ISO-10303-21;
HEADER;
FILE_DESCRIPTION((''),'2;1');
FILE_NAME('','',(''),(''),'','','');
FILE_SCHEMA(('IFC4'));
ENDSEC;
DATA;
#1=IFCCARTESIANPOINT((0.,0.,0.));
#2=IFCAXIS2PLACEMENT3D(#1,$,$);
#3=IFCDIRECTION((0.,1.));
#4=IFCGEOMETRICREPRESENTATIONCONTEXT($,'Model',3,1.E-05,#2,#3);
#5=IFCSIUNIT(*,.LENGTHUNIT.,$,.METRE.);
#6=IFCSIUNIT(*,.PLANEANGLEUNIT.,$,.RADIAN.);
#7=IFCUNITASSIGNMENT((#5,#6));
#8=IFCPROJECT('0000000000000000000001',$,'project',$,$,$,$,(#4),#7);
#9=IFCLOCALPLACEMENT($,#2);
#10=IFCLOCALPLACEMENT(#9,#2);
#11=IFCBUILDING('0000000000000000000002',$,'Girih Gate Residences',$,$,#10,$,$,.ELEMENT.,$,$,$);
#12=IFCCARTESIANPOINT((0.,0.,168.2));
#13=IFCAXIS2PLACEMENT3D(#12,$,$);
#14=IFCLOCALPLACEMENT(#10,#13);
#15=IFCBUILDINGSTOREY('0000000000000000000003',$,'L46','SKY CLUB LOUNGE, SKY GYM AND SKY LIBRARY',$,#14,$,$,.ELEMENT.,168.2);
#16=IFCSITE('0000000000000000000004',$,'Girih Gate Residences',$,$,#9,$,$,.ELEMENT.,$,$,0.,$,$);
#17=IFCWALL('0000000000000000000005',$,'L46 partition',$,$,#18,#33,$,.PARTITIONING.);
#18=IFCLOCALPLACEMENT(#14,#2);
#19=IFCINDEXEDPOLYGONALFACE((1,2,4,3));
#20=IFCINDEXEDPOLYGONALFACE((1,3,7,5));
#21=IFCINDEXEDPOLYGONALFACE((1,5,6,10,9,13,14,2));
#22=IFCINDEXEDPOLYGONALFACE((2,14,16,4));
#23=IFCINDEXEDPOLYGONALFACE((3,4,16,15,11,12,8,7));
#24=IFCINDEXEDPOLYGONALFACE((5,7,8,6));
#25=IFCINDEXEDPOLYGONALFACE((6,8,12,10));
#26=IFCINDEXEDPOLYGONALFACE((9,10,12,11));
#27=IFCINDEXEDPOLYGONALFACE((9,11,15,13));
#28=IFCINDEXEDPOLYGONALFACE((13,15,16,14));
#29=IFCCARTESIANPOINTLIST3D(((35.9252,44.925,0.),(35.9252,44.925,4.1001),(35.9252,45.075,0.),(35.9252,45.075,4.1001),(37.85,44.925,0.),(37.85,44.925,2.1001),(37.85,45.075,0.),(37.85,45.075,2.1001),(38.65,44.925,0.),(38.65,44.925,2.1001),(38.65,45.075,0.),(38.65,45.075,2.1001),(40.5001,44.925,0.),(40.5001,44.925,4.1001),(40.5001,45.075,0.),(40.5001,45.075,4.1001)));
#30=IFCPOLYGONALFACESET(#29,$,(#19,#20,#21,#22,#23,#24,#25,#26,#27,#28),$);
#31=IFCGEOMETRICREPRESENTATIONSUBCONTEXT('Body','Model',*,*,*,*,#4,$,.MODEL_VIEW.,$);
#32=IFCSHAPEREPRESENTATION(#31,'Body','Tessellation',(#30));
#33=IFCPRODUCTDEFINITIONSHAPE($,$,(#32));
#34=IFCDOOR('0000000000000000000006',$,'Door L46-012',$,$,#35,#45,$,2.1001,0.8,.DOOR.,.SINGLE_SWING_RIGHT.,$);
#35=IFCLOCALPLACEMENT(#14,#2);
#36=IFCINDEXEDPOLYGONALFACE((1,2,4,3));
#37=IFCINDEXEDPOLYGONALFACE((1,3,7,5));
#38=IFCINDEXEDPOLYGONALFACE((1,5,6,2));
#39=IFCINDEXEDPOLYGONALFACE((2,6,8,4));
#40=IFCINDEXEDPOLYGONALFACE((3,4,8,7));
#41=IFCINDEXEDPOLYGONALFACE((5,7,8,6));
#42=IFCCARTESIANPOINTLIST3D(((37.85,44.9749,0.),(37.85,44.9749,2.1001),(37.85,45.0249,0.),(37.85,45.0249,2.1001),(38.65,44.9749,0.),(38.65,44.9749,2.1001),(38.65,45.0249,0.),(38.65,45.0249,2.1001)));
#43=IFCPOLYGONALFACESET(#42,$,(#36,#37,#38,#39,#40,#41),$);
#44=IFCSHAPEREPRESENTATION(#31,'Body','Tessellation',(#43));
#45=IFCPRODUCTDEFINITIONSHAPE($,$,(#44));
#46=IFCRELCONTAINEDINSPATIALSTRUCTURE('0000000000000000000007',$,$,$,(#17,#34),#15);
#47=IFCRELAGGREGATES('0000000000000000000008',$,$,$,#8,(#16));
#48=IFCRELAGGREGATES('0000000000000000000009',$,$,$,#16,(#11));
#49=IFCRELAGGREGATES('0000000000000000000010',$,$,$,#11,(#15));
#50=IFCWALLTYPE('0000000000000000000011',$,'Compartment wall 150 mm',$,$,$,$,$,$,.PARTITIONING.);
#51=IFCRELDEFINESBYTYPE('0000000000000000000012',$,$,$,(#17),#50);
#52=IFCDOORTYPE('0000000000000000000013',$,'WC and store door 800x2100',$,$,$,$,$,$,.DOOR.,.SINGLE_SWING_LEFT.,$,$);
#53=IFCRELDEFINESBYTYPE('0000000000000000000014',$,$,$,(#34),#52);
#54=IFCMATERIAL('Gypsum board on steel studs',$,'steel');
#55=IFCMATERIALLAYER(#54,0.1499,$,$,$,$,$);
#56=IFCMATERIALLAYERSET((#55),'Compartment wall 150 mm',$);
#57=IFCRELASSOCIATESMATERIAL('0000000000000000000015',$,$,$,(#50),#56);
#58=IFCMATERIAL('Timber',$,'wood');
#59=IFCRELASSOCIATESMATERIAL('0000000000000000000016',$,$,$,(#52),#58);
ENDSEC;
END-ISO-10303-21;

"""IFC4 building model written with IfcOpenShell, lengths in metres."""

from ifc_helpers import new_model, si_unit, direction, frame, frame_2d, origin, place, context, subcontext, project, spatial, rectangle, extrude, material, layer, layer_set, type_object, element, fill, save


model = new_model("IFC4")

# Units and contexts
model_context = context("Model", 3, precision=1e-05, world=origin(), true_north=direction((0.0, 1.0)))
body_context = subcontext(model_context, "Body", "Model", "MODEL_VIEW")
ifc_project = project(units=[si_unit("LENGTHUNIT", "METRE"), si_unit("PLANEANGLEUNIT", "RADIAN")], contexts=[model_context])

# Site, building, storey
site_placement = place(None, origin())
site = spatial("IfcSite", under=ifc_project, at=site_placement, Name="Girih Gate Residences", CompositionType="ELEMENT", RefElevation=0.0)
building_placement = place(site_placement, origin())
building = spatial("IfcBuilding", under=site, at=building_placement, Name="Girih Gate Residences", CompositionType="ELEMENT")
storey_placement = place(building_placement, frame((0.0, 0.0, 168.2)))
storey = spatial("IfcBuildingStorey", under=building, at=storey_placement, Name="L46", Description="SKY CLUB LOUNGE, SKY GYM AND SKY LIBRARY", CompositionType="ELEMENT", Elevation=168.2)

# Shared definitions
ifc_material_1 = material(Name="Gypsum board on steel studs", Category="steel")
ifc_layer = layer(ifc_material_1, 0.1499)
ifc_layer_set = layer_set([ifc_layer], Name="Compartment wall 150 mm")
wall_type = type_object("IfcWallType", Name="Compartment wall 150 mm", PredefinedType="PARTITIONING", material=ifc_layer_set)

# Wall, opening, door
wall_1_placement = place(storey_placement, frame((35.925, 45.0, 0.0), z_axis=(0.0, 0.0, 1.0), x_axis=(1.0, 0.0, 0.0)))
wall_1 = element("IfcWall", 1, at=wall_1_placement, inside=storey, type_object=wall_type, Name="L46 partition", PredefinedType="PARTITIONING", context=body_context, shape_type="SweptSolid", body=[
    extrude(rectangle(XDim=4.575, YDim=0.1499, at=frame_2d((2.2876, 0.0))), origin(), (0.0, 0.0, 1.0), 4.1001),
])
opening_1_placement = place(wall_1_placement, frame((1.925, 0.0, 0.0)))
opening_1 = element("IfcOpeningElement", 2, at=opening_1_placement, cuts=wall_1, PredefinedType="OPENING", context=body_context, shape_type="SweptSolid", body=[
    extrude(rectangle(XDim=0.8, YDim=2.1001, at=frame_2d((0.3999, 1.05))), frame((0.0, 0.085, 0.0), z_axis=(0.0, -1.0, 0.0), x_axis=(1.0, 0.0, 0.0)), (0.0, 0.0, 1.0), 0.1699),
])
ifc_material_2 = material(Name="Timber", Category="wood")
door_type_1 = type_object("IfcDoorType", Name="WC and store door 800x2100", OperationType="SINGLE_SWING_LEFT", PredefinedType="DOOR", material=ifc_material_2)
door_1_placement = place(opening_1_placement, origin())
door_1 = element("IfcDoor", 3, at=door_1_placement, inside=storey, type_object=door_type_1, Name="Door L46-012", OperationType="SINGLE_SWING_RIGHT", OverallHeight=2.1001, OverallWidth=0.8, PredefinedType="DOOR", context=body_context, shape_type="SweptSolid", body=[
    extrude(rectangle(XDim=0.8, YDim=2.1001, at=frame_2d((0.3999, 1.05))), frame((0.0, 0.0249, 0.0), z_axis=(0.0, -1.0, 0.0), x_axis=(1.0, 0.0, 0.0)), (0.0, 0.0, 1.0), 0.05),
])
fill(opening_1, door_1)

save(model, "model.ifc")
